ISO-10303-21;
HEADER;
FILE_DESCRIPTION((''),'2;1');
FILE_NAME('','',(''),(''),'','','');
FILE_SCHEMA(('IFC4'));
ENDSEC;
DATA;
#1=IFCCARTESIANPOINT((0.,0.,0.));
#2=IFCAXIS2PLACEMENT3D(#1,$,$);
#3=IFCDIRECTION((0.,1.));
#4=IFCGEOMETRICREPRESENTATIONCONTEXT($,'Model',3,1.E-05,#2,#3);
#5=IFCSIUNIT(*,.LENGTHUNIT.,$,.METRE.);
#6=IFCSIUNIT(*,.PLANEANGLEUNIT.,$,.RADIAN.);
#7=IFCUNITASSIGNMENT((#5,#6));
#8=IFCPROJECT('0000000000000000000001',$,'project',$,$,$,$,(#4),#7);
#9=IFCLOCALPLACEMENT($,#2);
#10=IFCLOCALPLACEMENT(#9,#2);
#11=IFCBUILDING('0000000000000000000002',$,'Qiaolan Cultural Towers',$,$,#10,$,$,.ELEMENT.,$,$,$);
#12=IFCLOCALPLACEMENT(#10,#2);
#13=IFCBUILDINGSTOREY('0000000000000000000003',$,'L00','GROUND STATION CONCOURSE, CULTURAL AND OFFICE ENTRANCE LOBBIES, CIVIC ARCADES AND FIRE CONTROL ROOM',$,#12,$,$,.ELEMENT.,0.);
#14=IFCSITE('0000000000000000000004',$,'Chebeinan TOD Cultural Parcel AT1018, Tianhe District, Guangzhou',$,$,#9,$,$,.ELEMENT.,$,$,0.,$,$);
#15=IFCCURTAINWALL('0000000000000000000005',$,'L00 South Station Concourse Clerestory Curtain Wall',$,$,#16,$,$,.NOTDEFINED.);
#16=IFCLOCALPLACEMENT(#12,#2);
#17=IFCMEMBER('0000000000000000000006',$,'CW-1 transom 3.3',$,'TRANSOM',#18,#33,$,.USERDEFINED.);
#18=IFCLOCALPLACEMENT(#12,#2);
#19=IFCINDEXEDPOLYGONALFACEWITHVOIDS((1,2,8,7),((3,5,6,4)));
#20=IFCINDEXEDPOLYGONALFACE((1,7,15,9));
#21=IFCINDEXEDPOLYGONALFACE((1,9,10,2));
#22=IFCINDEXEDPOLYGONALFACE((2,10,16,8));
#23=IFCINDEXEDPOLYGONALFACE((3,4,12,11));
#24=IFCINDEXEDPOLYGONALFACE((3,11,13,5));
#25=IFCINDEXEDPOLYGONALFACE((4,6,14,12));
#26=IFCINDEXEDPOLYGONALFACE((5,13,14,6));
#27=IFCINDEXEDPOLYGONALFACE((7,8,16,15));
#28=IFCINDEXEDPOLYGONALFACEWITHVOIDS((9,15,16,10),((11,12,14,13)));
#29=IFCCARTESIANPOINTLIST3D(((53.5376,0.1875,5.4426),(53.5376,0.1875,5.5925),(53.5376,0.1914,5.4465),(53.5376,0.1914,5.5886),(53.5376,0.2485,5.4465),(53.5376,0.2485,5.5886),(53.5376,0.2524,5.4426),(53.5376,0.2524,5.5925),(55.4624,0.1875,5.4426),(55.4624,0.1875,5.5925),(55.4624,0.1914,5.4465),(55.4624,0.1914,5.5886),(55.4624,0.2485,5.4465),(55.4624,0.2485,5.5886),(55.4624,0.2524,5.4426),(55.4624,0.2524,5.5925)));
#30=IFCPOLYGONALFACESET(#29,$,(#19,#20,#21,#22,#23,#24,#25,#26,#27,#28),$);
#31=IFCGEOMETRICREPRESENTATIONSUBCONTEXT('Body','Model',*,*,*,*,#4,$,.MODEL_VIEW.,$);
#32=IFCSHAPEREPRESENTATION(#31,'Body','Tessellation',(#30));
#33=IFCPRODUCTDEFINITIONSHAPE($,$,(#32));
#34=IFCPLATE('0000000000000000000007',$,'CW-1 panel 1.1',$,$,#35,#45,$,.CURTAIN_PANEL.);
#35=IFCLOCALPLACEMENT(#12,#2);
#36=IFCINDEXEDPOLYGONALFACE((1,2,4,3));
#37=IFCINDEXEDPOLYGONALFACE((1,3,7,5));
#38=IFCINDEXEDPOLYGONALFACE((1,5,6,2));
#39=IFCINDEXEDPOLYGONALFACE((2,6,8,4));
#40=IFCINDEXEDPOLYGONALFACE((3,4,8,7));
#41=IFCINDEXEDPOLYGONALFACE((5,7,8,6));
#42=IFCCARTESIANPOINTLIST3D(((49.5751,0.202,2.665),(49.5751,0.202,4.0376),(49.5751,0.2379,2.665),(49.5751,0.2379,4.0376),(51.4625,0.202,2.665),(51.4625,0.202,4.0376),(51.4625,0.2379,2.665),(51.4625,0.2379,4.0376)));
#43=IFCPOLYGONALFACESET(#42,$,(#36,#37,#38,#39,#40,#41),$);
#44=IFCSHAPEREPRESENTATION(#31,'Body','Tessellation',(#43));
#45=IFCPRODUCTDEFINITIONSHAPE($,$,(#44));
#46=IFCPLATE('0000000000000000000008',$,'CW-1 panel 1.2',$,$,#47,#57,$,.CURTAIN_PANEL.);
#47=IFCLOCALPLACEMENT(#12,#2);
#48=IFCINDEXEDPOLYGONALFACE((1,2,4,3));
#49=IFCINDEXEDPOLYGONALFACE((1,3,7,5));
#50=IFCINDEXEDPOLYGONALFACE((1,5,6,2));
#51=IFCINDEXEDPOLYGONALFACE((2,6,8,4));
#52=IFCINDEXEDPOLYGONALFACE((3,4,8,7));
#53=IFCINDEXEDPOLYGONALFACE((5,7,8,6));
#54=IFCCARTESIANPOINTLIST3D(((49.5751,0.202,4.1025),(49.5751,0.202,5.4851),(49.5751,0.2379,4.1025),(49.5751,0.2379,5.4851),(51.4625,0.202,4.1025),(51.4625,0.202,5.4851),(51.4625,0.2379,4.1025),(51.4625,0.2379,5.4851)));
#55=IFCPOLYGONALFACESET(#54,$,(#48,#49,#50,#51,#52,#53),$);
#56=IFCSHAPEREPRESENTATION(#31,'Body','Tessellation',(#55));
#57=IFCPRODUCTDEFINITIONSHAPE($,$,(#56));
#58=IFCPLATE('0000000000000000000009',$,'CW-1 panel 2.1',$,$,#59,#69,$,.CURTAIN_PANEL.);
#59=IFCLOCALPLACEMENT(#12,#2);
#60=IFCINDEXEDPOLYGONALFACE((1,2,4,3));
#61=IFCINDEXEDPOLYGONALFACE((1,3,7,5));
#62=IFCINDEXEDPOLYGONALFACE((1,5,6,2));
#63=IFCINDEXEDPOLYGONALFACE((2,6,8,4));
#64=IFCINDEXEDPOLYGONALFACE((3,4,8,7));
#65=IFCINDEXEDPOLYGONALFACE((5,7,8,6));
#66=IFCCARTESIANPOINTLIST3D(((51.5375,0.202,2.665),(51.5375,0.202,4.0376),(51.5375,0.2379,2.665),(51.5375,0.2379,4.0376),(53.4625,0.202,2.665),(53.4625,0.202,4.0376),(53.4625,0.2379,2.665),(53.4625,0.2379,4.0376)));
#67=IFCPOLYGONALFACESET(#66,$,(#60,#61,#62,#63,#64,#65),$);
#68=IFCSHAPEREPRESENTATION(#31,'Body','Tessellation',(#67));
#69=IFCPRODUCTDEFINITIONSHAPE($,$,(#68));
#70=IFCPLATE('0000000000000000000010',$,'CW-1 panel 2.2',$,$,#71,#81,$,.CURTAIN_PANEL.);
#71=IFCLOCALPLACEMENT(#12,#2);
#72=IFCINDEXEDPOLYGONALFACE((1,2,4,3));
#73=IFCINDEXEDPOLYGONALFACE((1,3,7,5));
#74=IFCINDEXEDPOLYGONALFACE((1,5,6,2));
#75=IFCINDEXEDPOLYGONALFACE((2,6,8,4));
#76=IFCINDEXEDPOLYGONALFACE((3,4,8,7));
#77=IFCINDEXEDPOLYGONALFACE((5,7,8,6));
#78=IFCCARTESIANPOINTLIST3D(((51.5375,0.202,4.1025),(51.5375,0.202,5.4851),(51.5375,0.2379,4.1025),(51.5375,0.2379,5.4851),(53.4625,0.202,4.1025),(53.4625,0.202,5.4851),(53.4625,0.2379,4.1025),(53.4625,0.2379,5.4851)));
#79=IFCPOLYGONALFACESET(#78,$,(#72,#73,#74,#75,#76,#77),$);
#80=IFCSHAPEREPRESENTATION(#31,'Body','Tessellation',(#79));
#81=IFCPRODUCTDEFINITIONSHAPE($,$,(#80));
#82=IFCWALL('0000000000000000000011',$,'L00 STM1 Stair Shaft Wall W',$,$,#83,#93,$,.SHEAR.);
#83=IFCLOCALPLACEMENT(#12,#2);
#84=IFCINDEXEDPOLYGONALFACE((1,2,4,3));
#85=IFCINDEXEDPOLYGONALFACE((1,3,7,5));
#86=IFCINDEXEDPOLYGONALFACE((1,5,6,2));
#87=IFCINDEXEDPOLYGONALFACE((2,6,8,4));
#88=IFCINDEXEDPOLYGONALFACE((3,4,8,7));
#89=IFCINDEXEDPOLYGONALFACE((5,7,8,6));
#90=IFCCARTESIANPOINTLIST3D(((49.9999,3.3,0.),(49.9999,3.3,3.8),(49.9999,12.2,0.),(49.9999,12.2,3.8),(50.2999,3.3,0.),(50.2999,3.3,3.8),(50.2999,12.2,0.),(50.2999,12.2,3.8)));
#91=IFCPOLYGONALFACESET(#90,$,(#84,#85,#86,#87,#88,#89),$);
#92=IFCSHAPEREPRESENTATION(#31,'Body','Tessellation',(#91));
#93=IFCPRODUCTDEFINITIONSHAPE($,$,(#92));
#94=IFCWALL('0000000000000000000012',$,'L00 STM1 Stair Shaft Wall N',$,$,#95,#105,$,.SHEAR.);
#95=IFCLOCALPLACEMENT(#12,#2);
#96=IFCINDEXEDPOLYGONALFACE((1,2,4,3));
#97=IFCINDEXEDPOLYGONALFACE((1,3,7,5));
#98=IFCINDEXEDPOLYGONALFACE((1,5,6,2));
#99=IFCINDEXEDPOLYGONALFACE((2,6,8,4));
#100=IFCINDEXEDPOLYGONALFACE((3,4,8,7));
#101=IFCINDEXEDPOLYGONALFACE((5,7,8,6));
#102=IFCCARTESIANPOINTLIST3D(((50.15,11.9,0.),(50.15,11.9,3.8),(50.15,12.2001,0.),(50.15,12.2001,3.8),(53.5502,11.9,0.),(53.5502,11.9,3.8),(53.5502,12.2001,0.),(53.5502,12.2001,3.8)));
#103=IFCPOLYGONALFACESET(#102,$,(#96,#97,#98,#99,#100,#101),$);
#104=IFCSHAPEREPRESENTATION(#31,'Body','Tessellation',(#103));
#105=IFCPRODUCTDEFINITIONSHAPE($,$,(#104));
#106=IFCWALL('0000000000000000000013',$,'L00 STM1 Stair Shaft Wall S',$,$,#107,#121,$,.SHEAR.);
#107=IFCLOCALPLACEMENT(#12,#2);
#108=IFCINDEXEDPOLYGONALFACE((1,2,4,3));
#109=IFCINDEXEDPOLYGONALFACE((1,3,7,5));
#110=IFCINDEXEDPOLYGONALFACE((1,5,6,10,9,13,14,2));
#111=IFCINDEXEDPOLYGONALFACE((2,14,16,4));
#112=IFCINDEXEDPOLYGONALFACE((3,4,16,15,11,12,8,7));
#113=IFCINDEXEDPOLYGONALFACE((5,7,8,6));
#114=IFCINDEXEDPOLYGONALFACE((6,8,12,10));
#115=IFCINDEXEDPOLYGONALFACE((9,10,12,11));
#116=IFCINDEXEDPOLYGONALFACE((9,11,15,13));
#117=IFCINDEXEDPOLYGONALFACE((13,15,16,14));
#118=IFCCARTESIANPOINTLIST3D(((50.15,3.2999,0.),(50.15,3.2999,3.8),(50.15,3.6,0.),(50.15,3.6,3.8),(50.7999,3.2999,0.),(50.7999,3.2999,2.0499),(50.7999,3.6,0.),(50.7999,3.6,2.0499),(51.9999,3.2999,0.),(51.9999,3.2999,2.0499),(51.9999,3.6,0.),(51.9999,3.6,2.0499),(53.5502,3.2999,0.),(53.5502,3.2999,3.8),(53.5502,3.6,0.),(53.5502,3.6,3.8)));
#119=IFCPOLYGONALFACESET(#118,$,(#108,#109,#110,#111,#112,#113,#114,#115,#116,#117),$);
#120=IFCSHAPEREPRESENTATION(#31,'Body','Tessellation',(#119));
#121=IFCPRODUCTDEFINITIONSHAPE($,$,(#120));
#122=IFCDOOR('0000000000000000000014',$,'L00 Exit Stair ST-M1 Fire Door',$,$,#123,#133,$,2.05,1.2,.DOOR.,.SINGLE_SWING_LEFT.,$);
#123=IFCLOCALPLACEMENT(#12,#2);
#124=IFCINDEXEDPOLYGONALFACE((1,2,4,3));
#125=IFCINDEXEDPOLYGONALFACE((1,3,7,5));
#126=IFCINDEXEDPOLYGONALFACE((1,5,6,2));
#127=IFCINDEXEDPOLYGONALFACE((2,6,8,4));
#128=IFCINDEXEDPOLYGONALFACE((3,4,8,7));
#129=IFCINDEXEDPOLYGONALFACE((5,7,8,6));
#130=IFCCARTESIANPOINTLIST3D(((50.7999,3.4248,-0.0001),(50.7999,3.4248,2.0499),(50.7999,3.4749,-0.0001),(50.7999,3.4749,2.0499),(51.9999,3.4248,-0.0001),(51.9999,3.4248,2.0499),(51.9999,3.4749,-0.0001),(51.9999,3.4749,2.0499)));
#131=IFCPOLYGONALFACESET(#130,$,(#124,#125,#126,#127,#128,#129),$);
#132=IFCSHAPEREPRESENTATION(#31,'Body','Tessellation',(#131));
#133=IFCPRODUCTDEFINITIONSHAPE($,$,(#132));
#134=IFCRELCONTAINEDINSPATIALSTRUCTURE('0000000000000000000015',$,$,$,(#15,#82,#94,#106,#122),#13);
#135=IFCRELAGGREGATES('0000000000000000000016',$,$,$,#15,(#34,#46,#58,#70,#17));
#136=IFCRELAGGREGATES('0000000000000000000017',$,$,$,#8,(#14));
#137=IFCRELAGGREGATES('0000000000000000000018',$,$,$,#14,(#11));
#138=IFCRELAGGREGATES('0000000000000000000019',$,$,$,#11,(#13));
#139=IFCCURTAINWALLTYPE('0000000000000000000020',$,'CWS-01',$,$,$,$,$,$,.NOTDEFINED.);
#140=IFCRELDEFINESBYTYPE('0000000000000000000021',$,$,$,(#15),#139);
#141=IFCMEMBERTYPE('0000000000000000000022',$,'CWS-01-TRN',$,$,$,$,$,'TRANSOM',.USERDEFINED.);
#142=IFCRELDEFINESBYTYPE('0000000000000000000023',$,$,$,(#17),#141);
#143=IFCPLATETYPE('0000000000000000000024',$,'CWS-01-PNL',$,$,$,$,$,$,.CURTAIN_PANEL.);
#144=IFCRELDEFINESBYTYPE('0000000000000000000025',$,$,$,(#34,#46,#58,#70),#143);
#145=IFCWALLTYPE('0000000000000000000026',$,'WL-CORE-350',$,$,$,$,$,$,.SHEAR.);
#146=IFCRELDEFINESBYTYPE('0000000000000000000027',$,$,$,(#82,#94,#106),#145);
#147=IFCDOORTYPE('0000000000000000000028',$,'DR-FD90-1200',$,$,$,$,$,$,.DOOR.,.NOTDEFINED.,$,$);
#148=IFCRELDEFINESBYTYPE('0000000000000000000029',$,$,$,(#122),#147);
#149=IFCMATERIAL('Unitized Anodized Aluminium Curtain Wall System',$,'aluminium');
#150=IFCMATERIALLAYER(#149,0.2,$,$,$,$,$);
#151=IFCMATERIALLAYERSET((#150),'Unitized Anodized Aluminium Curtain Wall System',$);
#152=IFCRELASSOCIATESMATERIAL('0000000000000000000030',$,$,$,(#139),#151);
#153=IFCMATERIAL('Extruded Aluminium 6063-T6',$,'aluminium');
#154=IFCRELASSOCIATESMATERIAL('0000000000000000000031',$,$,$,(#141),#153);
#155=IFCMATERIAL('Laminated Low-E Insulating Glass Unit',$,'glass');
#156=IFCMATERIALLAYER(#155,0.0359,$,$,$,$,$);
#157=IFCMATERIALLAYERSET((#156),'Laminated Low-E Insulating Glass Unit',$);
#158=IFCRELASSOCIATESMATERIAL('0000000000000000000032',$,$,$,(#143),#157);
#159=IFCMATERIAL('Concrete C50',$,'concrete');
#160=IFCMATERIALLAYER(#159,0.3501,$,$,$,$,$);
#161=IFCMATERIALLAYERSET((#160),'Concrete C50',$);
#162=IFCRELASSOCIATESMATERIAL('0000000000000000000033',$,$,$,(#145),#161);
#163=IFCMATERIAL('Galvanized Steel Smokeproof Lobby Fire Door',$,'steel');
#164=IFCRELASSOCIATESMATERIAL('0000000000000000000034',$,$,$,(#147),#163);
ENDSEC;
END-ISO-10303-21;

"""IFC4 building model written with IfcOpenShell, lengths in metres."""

from ifc_helpers import new_model, si_unit, direction, frame, frame_2d, origin, origin_2d, place, context, subcontext, project, spatial, rectangle, hollow_rectangle, extrude, material, layer, layer_set, material_profile, profile_set, type_object, element, fill, aggregate, save


model = new_model("IFC4")

# Units and contexts
model_context = context("Model", 3, precision=1e-05, world=origin(), true_north=direction((0.0, 1.0)))
body_context = subcontext(model_context, "Body", "Model", "MODEL_VIEW")
ifc_project = project(units=[si_unit("LENGTHUNIT", "METRE"), si_unit("PLANEANGLEUNIT", "RADIAN")], contexts=[model_context])

# Site, building, storey
site_placement = place(None, origin())
site = spatial("IfcSite", under=ifc_project, at=site_placement, Name="Chebeinan TOD Cultural Parcel AT1018, Tianhe District, Guangzhou", CompositionType="ELEMENT", RefElevation=0.0)
building_placement = place(site_placement, origin())
building = spatial("IfcBuilding", under=site, at=building_placement, Name="Qiaolan Cultural Towers", CompositionType="ELEMENT")
storey_placement = place(building_placement, origin())
storey = spatial("IfcBuildingStorey", under=building, at=storey_placement, Name="L00", Description="GROUND STATION CONCOURSE, CULTURAL AND OFFICE ENTRANCE LOBBIES, CIVIC ARCADES AND FIRE CONTROL ROOM", CompositionType="ELEMENT", Elevation=0.0)

# Curtain wall, member, plates
ifc_material_1 = material(Name="Unitized Anodized Aluminium Curtain Wall System", Category="aluminium")
ifc_layer_1 = layer(ifc_material_1, 0.2)
ifc_layer_set_1 = layer_set([ifc_layer_1], Name="Unitized Anodized Aluminium Curtain Wall System")
curtain_wall_type = type_object("IfcCurtainWallType", Name="CWS-01", PredefinedType="NOTDEFINED", material=ifc_layer_set_1)
curtain_wall_placement = place(storey_placement, origin())
curtain_wall = element("IfcCurtainWall", 1, at=curtain_wall_placement, inside=storey, type_object=curtain_wall_type, Name="L00 South Station Concourse Clerestory Curtain Wall", PredefinedType="NOTDEFINED")
ifc_material_2 = material(Name="Extruded Aluminium 6063-T6", Category="aluminium")
ifc_material_profile_1 = material_profile(ifc_material_2, hollow_rectangle(XDim=0.0649, YDim=0.1499, WallThickness=0.0039, at=origin_2d()), Name="CWT-150x65x4")
ifc_profile_set_1 = profile_set([ifc_material_profile_1], Name="Extruded Aluminium 6063-T6")
member_type_1 = type_object("IfcMemberType", Name="CWS-01-TRN", ElementType="TRANSOM", PredefinedType="USERDEFINED", material=ifc_profile_set_1)
member_1_placement = place(storey_placement, frame((53.5376, 0.22, 5.5176), z_axis=(1.0, 0.0, 0.0), x_axis=(0.0, 1.0, 0.0)))
member_1 = element("IfcMember", 2, at=member_1_placement, type_object=member_type_1, Name="CW-1 transom 3.3", ObjectType="TRANSOM", PredefinedType="USERDEFINED", context=body_context, shape_type="SweptSolid", body=[
    extrude(hollow_rectangle(XDim=0.0649, YDim=0.1499, WallThickness=0.0039, at=origin_2d()), origin(), (0.0, 0.0, 1.0), 1.9248),
])
ifc_material_3 = material(Name="Laminated Low-E Insulating Glass Unit", Category="glass")
ifc_layer_2 = layer(ifc_material_3, 0.0359)
ifc_layer_set_2 = layer_set([ifc_layer_2], Name="Laminated Low-E Insulating Glass Unit")
plate_type = type_object("IfcPlateType", Name="CWS-01-PNL", PredefinedType="CURTAIN_PANEL", material=ifc_layer_set_2)
plate_1_placement = place(storey_placement, frame((50.5188, 0.22, 2.665), z_axis=(0.0, 0.0, 1.0), x_axis=(1.0, 0.0, 0.0)))
plate_1 = element("IfcPlate", 3, at=plate_1_placement, type_object=plate_type, Name="CW-1 panel 1.1", PredefinedType="CURTAIN_PANEL", context=body_context, shape_type="SweptSolid", body=[
    extrude(rectangle(XDim=1.8875, YDim=0.0359, at=origin_2d()), origin(), (0.0, 0.0, 1.0), 1.3726),
])
plate_2_placement = place(storey_placement, frame((50.5188, 0.22, 4.1025), z_axis=(0.0, 0.0, 1.0), x_axis=(1.0, 0.0, 0.0)))
plate_2 = element("IfcPlate", 4, at=plate_2_placement, type_object=plate_type, Name="CW-1 panel 1.2", PredefinedType="CURTAIN_PANEL", context=body_context, shape_type="SweptSolid", body=[
    extrude(rectangle(XDim=1.8875, YDim=0.0359, at=origin_2d()), origin(), (0.0, 0.0, 1.0), 1.3826),
])
plate_3_placement = place(storey_placement, frame((52.5, 0.22, 2.665), z_axis=(0.0, 0.0, 1.0), x_axis=(1.0, 0.0, 0.0)))
plate_3 = element("IfcPlate", 5, at=plate_3_placement, type_object=plate_type, Name="CW-1 panel 2.1", PredefinedType="CURTAIN_PANEL", context=body_context, shape_type="SweptSolid", body=[
    extrude(rectangle(XDim=1.925, YDim=0.0359, at=origin_2d()), origin(), (0.0, 0.0, 1.0), 1.3726),
])
plate_4_placement = place(storey_placement, frame((52.5, 0.22, 4.1025), z_axis=(0.0, 0.0, 1.0), x_axis=(1.0, 0.0, 0.0)))
plate_4 = element("IfcPlate", 6, at=plate_4_placement, type_object=plate_type, Name="CW-1 panel 2.2", PredefinedType="CURTAIN_PANEL", context=body_context, shape_type="SweptSolid", body=[
    extrude(rectangle(XDim=1.925, YDim=0.0359, at=origin_2d()), origin(), (0.0, 0.0, 1.0), 1.3826),
])
aggregate(curtain_wall, [plate_1, plate_2, plate_3, plate_4, member_1])

# Walls
ifc_material_4 = material(Name="Concrete C50", Category="concrete")
ifc_layer_3 = layer(ifc_material_4, 0.3501)
ifc_layer_set_3 = layer_set([ifc_layer_3], Name="Concrete C50")
wall_type = type_object("IfcWallType", Name="WL-CORE-350", PredefinedType="SHEAR", material=ifc_layer_set_3)
wall_1_placement = place(storey_placement, frame((50.1499, 3.3, 0.0), z_axis=(0.0, 0.0, 1.0), x_axis=(0.0, 1.0, 0.0)))
element("IfcWall", 7, at=wall_1_placement, inside=storey, type_object=wall_type, Name="L00 STM1 Stair Shaft Wall W", PredefinedType="SHEAR", context=body_context, shape_type="SweptSolid", body=[
    extrude(rectangle(XDim=8.8999, YDim=0.3, at=frame_2d((4.45, 0.0))), origin(), (0.0, 0.0, 1.0), 3.8),
])
wall_2_placement = place(storey_placement, frame((50.1499, 12.05, 0.0), z_axis=(0.0, 0.0, 1.0), x_axis=(1.0, 0.0, 0.0)))
element("IfcWall", 8, at=wall_2_placement, inside=storey, type_object=wall_type, Name="L00 STM1 Stair Shaft Wall N", PredefinedType="SHEAR", context=body_context, shape_type="SweptSolid", body=[
    extrude(rectangle(XDim=3.4001, YDim=0.3, at=frame_2d((1.7002, 0.0))), origin(), (0.0, 0.0, 1.0), 3.8),
])

# Wall, opening, door
wall_3_placement = place(storey_placement, frame((50.1499, 3.45, 0.0), z_axis=(0.0, 0.0, 1.0), x_axis=(1.0, 0.0, 0.0)))
wall_3 = element("IfcWall", 9, at=wall_3_placement, inside=storey, type_object=wall_type, Name="L00 STM1 Stair Shaft Wall S", PredefinedType="SHEAR", context=body_context, shape_type="SweptSolid", body=[
    extrude(rectangle(XDim=3.4001, YDim=0.3, at=frame_2d((1.7002, 0.0))), origin(), (0.0, 0.0, 1.0), 3.8),
])
opening_placement = place(wall_3_placement, frame((0.6499, 0.0, 0.0)))
opening = element("IfcOpeningElement", 10, at=opening_placement, cuts=wall_3, PredefinedType="OPENING", context=body_context, shape_type="SweptSolid", body=[
    extrude(rectangle(XDim=1.2, YDim=2.05, at=frame_2d((0.6001, 1.0249))), frame((0.0, 0.1599, 0.0), z_axis=(0.0, -1.0, 0.0), x_axis=(1.0, 0.0, 0.0)), (0.0, 0.0, 1.0), 0.3201),
])
ifc_material_5 = material(Name="Galvanized Steel Smokeproof Lobby Fire Door", Category="steel")
door_type = type_object("IfcDoorType", Name="DR-FD90-1200", OperationType="NOTDEFINED", PredefinedType="DOOR", material=ifc_material_5)
door_placement = place(opening_placement, origin())
door = element("IfcDoor", 11, at=door_placement, inside=storey, type_object=door_type, Name="L00 Exit Stair ST-M1 Fire Door", OperationType="SINGLE_SWING_LEFT", OverallHeight=2.05, OverallWidth=1.2, PredefinedType="DOOR", context=body_context, shape_type="SweptSolid", body=[
    extrude(rectangle(XDim=1.2, YDim=2.05, at=frame_2d((0.6001, 1.0249))), frame((0.0, 0.0249, 0.0), z_axis=(0.0, -1.0, 0.0), x_axis=(1.0, 0.0, 0.0)), (0.0, 0.0, 1.0), 0.05),
])
fill(opening, door)

save(model, "model.ifc")
